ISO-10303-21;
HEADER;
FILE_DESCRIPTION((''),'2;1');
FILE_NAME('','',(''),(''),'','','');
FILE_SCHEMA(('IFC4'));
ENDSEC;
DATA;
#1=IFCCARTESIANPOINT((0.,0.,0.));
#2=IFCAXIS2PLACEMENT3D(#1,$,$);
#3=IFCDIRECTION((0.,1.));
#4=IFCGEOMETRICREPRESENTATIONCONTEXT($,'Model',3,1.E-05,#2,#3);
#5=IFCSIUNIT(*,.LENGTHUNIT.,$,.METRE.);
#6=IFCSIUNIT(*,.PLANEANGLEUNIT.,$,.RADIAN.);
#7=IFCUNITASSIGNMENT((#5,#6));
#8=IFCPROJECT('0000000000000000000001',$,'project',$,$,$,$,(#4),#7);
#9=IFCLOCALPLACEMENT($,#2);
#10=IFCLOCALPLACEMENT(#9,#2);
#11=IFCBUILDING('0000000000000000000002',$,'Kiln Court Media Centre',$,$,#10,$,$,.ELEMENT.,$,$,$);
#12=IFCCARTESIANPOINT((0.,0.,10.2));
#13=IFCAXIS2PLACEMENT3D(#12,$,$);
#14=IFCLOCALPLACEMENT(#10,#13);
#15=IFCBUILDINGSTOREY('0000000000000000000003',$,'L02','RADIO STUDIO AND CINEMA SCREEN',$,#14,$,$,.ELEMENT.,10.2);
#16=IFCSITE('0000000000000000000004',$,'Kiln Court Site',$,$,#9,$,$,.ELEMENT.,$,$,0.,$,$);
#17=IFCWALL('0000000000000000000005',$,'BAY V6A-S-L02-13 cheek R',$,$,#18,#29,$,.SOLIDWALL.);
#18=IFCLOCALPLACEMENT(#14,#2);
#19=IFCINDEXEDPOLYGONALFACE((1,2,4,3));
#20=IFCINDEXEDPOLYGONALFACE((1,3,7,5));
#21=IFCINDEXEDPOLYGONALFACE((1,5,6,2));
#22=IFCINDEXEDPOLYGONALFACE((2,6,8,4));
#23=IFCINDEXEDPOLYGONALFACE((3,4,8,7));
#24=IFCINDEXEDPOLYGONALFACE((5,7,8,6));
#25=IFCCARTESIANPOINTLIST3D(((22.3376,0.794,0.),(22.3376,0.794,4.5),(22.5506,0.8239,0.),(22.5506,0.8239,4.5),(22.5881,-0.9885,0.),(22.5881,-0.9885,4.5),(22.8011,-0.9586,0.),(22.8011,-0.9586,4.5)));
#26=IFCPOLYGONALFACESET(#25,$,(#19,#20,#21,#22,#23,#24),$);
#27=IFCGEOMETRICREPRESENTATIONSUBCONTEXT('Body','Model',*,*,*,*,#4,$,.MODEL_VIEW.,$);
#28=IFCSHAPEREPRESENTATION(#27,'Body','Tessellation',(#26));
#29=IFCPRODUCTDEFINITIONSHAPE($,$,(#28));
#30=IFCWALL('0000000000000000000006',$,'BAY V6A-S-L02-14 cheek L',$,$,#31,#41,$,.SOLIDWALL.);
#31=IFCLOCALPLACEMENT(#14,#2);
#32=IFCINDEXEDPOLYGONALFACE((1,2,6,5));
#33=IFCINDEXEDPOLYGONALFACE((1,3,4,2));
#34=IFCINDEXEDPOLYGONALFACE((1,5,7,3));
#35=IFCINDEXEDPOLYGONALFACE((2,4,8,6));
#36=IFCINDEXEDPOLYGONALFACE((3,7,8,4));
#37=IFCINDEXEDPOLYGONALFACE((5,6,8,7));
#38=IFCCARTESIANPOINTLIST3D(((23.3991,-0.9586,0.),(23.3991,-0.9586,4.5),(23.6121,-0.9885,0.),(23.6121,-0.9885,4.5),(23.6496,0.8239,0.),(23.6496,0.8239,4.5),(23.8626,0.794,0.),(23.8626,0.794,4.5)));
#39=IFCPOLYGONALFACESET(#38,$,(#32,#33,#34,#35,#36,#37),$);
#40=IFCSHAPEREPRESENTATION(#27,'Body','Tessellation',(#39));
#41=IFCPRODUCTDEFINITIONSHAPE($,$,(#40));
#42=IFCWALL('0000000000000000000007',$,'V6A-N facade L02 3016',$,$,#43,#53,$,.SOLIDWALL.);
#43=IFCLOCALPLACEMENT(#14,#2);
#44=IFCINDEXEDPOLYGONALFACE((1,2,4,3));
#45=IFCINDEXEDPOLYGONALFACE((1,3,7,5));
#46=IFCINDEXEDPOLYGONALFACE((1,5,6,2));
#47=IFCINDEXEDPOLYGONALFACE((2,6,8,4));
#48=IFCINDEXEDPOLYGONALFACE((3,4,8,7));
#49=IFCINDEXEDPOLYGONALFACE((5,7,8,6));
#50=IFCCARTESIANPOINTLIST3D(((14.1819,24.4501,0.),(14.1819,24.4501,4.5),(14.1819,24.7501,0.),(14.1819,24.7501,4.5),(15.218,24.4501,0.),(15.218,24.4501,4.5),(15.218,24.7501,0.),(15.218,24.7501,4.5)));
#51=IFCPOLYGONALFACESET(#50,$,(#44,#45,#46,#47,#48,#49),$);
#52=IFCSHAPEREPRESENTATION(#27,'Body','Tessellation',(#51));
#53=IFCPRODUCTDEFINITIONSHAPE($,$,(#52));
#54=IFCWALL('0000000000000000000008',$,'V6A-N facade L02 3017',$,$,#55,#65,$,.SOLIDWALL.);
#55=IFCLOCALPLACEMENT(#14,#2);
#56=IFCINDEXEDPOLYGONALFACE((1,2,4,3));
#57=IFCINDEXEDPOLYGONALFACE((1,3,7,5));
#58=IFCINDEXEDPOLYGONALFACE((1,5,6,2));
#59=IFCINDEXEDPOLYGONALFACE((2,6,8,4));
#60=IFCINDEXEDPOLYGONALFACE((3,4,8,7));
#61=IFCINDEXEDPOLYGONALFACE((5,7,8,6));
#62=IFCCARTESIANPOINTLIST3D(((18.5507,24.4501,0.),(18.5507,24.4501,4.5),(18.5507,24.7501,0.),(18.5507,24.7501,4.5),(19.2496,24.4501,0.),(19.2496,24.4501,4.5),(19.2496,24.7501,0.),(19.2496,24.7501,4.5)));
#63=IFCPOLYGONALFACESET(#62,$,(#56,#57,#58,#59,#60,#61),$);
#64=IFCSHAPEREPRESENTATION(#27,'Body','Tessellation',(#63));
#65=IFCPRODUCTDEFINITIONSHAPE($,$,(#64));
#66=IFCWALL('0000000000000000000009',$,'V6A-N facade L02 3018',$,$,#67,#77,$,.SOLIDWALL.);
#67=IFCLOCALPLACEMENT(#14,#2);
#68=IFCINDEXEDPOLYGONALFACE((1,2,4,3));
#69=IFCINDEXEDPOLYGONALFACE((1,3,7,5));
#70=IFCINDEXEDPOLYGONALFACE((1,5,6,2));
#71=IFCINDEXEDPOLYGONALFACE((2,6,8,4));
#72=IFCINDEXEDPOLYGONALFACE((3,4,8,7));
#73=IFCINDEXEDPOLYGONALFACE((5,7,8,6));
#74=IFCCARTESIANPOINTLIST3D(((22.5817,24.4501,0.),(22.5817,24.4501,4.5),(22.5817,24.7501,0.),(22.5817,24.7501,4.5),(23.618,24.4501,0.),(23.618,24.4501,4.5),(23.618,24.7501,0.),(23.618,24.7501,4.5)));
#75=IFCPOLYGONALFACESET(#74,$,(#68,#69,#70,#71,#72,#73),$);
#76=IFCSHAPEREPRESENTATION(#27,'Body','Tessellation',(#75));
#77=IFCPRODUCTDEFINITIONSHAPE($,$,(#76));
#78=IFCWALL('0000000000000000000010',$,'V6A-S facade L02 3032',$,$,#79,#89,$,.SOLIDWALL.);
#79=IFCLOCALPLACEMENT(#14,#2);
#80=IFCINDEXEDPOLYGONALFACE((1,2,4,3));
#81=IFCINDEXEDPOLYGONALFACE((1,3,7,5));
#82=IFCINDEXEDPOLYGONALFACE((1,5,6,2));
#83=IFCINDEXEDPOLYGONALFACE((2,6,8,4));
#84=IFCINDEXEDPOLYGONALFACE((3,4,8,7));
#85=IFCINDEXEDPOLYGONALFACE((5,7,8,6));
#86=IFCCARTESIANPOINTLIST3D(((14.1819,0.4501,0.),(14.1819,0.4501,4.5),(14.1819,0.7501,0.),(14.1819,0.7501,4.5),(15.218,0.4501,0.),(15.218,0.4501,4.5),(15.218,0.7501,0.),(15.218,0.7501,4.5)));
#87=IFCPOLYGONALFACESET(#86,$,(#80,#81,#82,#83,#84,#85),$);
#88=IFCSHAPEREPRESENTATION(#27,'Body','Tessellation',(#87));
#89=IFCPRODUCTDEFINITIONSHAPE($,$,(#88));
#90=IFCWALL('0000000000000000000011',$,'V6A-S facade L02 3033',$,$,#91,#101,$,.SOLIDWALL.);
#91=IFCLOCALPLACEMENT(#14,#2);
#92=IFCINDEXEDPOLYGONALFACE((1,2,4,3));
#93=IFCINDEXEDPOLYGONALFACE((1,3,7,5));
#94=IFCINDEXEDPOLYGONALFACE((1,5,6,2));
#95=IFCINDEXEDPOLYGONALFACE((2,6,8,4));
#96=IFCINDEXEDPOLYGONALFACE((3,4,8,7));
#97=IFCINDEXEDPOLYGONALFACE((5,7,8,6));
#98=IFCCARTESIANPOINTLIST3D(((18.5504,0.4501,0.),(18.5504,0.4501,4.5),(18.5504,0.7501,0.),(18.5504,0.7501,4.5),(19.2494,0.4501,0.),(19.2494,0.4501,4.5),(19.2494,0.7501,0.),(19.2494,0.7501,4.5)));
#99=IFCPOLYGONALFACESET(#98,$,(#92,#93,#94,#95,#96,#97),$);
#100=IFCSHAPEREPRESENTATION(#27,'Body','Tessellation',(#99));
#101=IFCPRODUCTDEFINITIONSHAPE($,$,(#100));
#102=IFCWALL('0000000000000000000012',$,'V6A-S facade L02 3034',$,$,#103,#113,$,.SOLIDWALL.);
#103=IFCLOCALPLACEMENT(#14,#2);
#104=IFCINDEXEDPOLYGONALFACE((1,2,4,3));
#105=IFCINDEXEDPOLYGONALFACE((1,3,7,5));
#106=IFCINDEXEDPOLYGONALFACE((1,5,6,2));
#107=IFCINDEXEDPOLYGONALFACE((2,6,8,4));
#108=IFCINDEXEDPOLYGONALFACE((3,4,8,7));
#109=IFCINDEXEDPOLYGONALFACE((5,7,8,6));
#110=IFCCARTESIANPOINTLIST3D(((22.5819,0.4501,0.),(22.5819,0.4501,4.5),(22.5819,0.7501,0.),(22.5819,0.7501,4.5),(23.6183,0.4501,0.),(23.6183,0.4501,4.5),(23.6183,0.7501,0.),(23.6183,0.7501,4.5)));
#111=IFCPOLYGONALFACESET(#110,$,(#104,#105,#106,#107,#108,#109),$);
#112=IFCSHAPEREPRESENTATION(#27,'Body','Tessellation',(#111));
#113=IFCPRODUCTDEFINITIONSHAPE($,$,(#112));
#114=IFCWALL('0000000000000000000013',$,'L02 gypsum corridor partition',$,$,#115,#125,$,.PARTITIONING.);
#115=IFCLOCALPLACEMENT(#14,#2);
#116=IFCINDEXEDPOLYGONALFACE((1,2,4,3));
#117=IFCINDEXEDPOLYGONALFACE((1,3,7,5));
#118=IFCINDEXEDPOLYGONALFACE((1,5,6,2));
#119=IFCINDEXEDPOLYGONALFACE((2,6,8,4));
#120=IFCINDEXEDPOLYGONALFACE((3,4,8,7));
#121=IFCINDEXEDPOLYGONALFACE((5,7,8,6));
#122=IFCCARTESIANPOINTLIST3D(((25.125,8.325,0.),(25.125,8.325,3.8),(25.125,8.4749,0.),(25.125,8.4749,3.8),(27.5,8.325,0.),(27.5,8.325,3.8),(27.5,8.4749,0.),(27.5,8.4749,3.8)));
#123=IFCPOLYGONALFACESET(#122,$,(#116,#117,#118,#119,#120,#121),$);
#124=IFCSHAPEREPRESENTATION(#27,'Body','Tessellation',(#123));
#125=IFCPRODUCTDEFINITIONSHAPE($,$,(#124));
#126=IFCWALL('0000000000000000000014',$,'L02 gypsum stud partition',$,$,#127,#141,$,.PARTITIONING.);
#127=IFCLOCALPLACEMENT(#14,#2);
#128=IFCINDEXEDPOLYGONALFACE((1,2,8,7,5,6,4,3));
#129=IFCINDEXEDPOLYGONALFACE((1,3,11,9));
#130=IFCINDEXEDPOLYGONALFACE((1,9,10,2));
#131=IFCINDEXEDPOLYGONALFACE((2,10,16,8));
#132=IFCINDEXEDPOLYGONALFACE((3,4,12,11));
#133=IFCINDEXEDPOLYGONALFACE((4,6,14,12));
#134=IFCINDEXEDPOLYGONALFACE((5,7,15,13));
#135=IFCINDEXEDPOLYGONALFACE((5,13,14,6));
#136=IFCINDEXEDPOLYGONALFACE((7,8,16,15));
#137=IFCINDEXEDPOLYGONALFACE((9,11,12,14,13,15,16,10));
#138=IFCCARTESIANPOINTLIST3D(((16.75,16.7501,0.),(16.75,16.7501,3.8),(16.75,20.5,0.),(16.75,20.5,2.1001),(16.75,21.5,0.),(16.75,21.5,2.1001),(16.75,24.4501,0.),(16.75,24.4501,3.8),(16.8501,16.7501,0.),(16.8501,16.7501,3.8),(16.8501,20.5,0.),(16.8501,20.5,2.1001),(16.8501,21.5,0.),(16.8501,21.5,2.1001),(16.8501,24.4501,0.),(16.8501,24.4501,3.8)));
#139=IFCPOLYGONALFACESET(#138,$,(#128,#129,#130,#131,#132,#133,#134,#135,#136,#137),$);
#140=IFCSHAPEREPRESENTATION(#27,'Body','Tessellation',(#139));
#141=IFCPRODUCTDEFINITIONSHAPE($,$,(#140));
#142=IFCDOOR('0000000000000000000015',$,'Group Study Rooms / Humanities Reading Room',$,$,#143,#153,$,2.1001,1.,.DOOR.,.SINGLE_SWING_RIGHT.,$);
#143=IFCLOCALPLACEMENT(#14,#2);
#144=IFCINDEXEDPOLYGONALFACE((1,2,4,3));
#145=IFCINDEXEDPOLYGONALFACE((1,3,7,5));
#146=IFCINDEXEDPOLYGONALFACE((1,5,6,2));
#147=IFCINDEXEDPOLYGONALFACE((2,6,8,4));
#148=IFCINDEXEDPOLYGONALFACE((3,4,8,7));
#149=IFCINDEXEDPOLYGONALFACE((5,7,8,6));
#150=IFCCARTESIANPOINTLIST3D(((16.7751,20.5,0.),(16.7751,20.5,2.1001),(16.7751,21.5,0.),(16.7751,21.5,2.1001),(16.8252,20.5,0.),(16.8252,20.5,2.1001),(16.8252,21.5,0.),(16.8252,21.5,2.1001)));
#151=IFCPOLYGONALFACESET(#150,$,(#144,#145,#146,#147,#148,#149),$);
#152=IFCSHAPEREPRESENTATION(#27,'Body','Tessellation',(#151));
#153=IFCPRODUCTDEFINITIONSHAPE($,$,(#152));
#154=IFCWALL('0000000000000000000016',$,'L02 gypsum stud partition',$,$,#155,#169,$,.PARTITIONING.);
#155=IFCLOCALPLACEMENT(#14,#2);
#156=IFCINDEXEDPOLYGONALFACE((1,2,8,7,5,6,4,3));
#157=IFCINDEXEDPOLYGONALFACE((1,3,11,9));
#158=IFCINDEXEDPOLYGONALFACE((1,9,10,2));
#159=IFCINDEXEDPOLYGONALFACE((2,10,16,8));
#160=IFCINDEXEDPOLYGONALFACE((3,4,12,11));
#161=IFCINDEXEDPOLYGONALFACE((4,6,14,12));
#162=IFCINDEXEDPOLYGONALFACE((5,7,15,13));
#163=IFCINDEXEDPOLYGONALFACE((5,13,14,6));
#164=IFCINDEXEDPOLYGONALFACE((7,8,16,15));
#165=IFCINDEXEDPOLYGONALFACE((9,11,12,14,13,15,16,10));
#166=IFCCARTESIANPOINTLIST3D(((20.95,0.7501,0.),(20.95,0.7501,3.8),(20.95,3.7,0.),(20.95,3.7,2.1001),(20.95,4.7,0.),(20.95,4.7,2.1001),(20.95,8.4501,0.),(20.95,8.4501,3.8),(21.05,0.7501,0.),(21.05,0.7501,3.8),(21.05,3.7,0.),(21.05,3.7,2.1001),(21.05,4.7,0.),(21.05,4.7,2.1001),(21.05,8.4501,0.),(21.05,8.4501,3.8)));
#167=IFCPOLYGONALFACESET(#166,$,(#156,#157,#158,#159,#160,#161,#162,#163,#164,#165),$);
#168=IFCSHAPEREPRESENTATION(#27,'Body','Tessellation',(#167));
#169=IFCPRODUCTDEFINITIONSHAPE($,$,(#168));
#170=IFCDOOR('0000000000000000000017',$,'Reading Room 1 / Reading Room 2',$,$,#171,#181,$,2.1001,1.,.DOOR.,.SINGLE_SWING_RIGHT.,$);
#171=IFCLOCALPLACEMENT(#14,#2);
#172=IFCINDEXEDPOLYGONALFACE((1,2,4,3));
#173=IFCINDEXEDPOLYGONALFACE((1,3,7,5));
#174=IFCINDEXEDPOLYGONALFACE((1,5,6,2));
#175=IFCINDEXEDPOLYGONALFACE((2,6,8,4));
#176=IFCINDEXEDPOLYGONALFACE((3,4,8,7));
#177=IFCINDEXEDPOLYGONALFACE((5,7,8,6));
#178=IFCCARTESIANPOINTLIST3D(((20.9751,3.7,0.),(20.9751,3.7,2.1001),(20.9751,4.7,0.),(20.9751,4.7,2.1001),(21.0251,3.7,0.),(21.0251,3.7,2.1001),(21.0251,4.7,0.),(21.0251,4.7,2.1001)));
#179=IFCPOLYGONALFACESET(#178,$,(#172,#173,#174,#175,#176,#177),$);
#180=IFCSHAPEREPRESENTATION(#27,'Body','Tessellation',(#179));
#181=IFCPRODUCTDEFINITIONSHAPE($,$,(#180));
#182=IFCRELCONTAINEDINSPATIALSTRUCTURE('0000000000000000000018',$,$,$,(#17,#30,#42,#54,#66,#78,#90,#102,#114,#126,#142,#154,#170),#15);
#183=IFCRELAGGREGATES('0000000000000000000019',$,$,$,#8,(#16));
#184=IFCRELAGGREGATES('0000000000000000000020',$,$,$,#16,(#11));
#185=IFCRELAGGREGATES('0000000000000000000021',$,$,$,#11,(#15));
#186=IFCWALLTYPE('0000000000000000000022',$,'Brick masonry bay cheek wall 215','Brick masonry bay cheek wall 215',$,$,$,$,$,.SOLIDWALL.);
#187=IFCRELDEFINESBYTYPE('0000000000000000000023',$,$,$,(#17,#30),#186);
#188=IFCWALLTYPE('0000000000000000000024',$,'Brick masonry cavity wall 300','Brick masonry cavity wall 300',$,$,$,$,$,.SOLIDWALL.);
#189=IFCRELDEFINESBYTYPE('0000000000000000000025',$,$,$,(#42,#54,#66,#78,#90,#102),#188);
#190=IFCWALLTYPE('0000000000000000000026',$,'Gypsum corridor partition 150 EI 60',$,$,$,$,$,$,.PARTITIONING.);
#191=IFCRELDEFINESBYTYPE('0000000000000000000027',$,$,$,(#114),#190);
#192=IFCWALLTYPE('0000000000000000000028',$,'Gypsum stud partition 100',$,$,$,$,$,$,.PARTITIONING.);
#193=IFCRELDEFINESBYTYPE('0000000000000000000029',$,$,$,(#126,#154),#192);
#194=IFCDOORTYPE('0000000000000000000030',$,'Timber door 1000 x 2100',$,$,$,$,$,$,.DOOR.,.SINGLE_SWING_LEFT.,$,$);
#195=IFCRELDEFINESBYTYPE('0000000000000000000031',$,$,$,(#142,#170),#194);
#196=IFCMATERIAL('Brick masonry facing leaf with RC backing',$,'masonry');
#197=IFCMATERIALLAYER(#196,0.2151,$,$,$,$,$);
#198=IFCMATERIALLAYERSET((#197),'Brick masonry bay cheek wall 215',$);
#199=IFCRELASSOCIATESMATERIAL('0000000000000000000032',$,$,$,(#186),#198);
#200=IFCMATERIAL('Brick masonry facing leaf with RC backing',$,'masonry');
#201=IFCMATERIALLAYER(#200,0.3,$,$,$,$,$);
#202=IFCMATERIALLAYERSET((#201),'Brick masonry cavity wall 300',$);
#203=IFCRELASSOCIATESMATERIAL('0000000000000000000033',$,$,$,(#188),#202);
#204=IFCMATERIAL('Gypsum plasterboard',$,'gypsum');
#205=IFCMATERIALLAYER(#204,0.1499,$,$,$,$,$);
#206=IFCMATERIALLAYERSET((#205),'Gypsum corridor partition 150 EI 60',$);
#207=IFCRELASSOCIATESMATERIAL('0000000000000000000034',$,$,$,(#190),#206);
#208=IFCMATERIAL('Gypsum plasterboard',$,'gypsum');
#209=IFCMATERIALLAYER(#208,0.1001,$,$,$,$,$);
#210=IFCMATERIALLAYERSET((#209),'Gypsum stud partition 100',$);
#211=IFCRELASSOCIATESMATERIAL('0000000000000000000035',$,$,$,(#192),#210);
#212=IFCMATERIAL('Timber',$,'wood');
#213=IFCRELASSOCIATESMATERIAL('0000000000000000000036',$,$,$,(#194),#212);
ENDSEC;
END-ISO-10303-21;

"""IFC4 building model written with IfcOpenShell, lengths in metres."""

from ifc_helpers import new_model, si_unit, direction, frame, frame_2d, origin, place, context, subcontext, project, spatial, rectangle, extrude, material, layer, layer_set, type_object, element, fill, save


model = new_model("IFC4")

# Units and contexts
model_context = context("Model", 3, precision=1e-05, world=origin(), true_north=direction((0.0, 1.0)))
body_context = subcontext(model_context, "Body", "Model", "MODEL_VIEW")
ifc_project = project(units=[si_unit("LENGTHUNIT", "METRE"), si_unit("PLANEANGLEUNIT", "RADIAN")], contexts=[model_context])

# Site, building, storey
site_placement = place(None, origin())
site = spatial("IfcSite", under=ifc_project, at=site_placement, Name="Kiln Court Site", CompositionType="ELEMENT", RefElevation=0.0)
building_placement = place(site_placement, origin())
building = spatial("IfcBuilding", under=site, at=building_placement, Name="Kiln Court Media Centre", CompositionType="ELEMENT")
storey_placement = place(building_placement, frame((0.0, 0.0, 10.2)))
storey = spatial("IfcBuildingStorey", under=building, at=storey_placement, Name="L02", Description="RADIO STUDIO AND CINEMA SCREEN", CompositionType="ELEMENT", Elevation=10.2)

# Walls
ifc_material_1 = material(Name="Brick masonry facing leaf with RC backing", Category="masonry")
ifc_layer_1 = layer(ifc_material_1, 0.2151)
ifc_layer_set_1 = layer_set([ifc_layer_1], Name="Brick masonry bay cheek wall 215")
wall_type_1 = type_object("IfcWallType", Name="Brick masonry bay cheek wall 215", Description="Brick masonry bay cheek wall 215", PredefinedType="SOLIDWALL", material=ifc_layer_set_1)
for number, where, z_axis, x_axis, name in (
    (1, (22.4441, 0.8088, 0.0), (0.0, 0.0, 1.0), (0.139161, -0.99027, 0.0), "BAY V6A-S-L02-13 cheek R"),
    (2, (23.7561, 0.8088, 0.0), (0.0, 0.0, 1.0), (-0.139161, -0.99027, 0.0), "BAY V6A-S-L02-14 cheek L"),
):
    element("IfcWall", number, at=place(storey_placement, frame(where, z_axis=z_axis, x_axis=x_axis)), inside=storey, type_object=wall_type_1, Name=name, PredefinedType="SOLIDWALL", context=body_context, shape_type="SweptSolid", body=[
        extrude(rectangle(XDim=1.8, YDim=0.2151, at=frame_2d((0.8999, 0.0))), origin(), (0.0, 0.0, 1.0), 4.5),
    ])
ifc_material_2 = material(Name="Brick masonry facing leaf with RC backing", Category="masonry")
ifc_layer_2 = layer(ifc_material_2, 0.3)
ifc_layer_set_2 = layer_set([ifc_layer_2], Name="Brick masonry cavity wall 300")
wall_type_2 = type_object("IfcWallType", Name="Brick masonry cavity wall 300", Description="Brick masonry cavity wall 300", PredefinedType="SOLIDWALL", material=ifc_layer_set_2)
wall_1_placement = place(storey_placement, frame((14.1819, 24.6001, 0.0), z_axis=(0.0, 0.0, 1.0), x_axis=(1.0, 0.0, 0.0)))
element("IfcWall", 3, at=wall_1_placement, inside=storey, type_object=wall_type_2, Name="V6A-N facade L02 3016", PredefinedType="SOLIDWALL", context=body_context, shape_type="SweptSolid", body=[
    extrude(rectangle(XDim=1.0361, YDim=0.3, at=frame_2d((0.5181, 0.0))), origin(), (0.0, 0.0, 1.0), 4.5),
])
wall_2_placement = place(storey_placement, frame((18.5505, 24.6001, 0.0), z_axis=(0.0, 0.0, 1.0), x_axis=(1.0, 0.0, 0.0)))
element("IfcWall", 4, at=wall_2_placement, inside=storey, type_object=wall_type_2, Name="V6A-N facade L02 3017", PredefinedType="SOLIDWALL", context=body_context, shape_type="SweptSolid", body=[
    extrude(rectangle(XDim=0.699, YDim=0.3, at=frame_2d((0.3496, 0.0))), origin(), (0.0, 0.0, 1.0), 4.5),
])
wall_3_placement = place(storey_placement, frame((22.5818, 24.6001, 0.0), z_axis=(0.0, 0.0, 1.0), x_axis=(1.0, 0.0, 0.0)))
element("IfcWall", 5, at=wall_3_placement, inside=storey, type_object=wall_type_2, Name="V6A-N facade L02 3018", PredefinedType="SOLIDWALL", context=body_context, shape_type="SweptSolid", body=[
    extrude(rectangle(XDim=1.0364, YDim=0.3, at=frame_2d((0.5181, 0.0))), origin(), (0.0, 0.0, 1.0), 4.5),
])
wall_4_placement = place(storey_placement, frame((15.218, 0.6001, 0.0), z_axis=(0.0, 0.0, 1.0), x_axis=(-1.0, 0.0, 0.0)))
element("IfcWall", 6, at=wall_4_placement, inside=storey, type_object=wall_type_2, Name="V6A-S facade L02 3032", PredefinedType="SOLIDWALL", context=body_context, shape_type="SweptSolid", body=[
    extrude(rectangle(XDim=1.0361, YDim=0.3, at=frame_2d((0.5181, 0.0))), origin(), (0.0, 0.0, 1.0), 4.5),
])
wall_5_placement = place(storey_placement, frame((19.2495, 0.6001, 0.0), z_axis=(0.0, 0.0, 1.0), x_axis=(-1.0, 0.0, 0.0)))
element("IfcWall", 7, at=wall_5_placement, inside=storey, type_object=wall_type_2, Name="V6A-S facade L02 3033", PredefinedType="SOLIDWALL", context=body_context, shape_type="SweptSolid", body=[
    extrude(rectangle(XDim=0.699, YDim=0.3, at=frame_2d((0.3496, 0.0))), origin(), (0.0, 0.0, 1.0), 4.5),
])
wall_6_placement = place(storey_placement, frame((23.6182, 0.6001, 0.0), z_axis=(0.0, 0.0, 1.0), x_axis=(-1.0, 0.0, 0.0)))
element("IfcWall", 8, at=wall_6_placement, inside=storey, type_object=wall_type_2, Name="V6A-S facade L02 3034", PredefinedType="SOLIDWALL", context=body_context, shape_type="SweptSolid", body=[
    extrude(rectangle(XDim=1.0364, YDim=0.3, at=frame_2d((0.5181, 0.0))), origin(), (0.0, 0.0, 1.0), 4.5),
])
ifc_material_3 = material(Name="Gypsum plasterboard", Category="gypsum")
ifc_layer_3 = layer(ifc_material_3, 0.1499)
ifc_layer_set_3 = layer_set([ifc_layer_3], Name="Gypsum corridor partition 150 EI 60")
wall_type_3 = type_object("IfcWallType", Name="Gypsum corridor partition 150 EI 60", PredefinedType="PARTITIONING", material=ifc_layer_set_3)
wall_7_placement = place(storey_placement, frame((25.125, 8.3999, 0.0), z_axis=(0.0, 0.0, 1.0), x_axis=(1.0, 0.0, 0.0)))
element("IfcWall", 9, at=wall_7_placement, inside=storey, type_object=wall_type_3, Name="L02 gypsum corridor partition", PredefinedType="PARTITIONING", context=body_context, shape_type="SweptSolid", body=[
    extrude(rectangle(XDim=2.375, YDim=0.1499, at=frame_2d((1.1875, 0.0))), origin(), (0.0, 0.0, 1.0), 3.8),
])

# Walls, openings, doors
ifc_material_4 = material(Name="Gypsum plasterboard", Category="gypsum")
ifc_layer_4 = layer(ifc_material_4, 0.1001)
ifc_layer_set_4 = layer_set([ifc_layer_4], Name="Gypsum stud partition 100")
wall_type_4 = type_object("IfcWallType", Name="Gypsum stud partition 100", PredefinedType="PARTITIONING", material=ifc_layer_set_4)
wall_8_placement = place(storey_placement, frame((16.8, 16.75, 0.0), z_axis=(0.0, 0.0, 1.0), x_axis=(0.0, 1.0, 0.0)))
wall_8 = element("IfcWall", 10, at=wall_8_placement, inside=storey, type_object=wall_type_4, Name="L02 gypsum stud partition", PredefinedType="PARTITIONING", context=body_context, shape_type="SweptSolid", body=[
    extrude(rectangle(XDim=7.7, YDim=0.1001, at=frame_2d((3.8501, 0.0))), origin(), (0.0, 0.0, 1.0), 3.8),
])
opening_1_placement = place(wall_8_placement, frame((3.75, 0.0, 0.0)))
opening_1 = element("IfcOpeningElement", 11, at=opening_1_placement, cuts=wall_8, PredefinedType="OPENING", context=body_context, shape_type="SweptSolid", body=[
    extrude(rectangle(XDim=1.0, YDim=2.1001, at=frame_2d((0.5, 1.05))), frame((0.0, 0.0601, 0.0), z_axis=(0.0, -1.0, 0.0), x_axis=(1.0, 0.0, 0.0)), (0.0, 0.0, 1.0), 0.1201),
])
ifc_material_5 = material(Name="Timber", Category="wood")
door_type = type_object("IfcDoorType", Name="Timber door 1000 x 2100", OperationType="SINGLE_SWING_LEFT", PredefinedType="DOOR", material=ifc_material_5)
door_1_placement = place(opening_1_placement, origin())
door_1 = element("IfcDoor", 12, at=door_1_placement, inside=storey, type_object=door_type, Name="Group Study Rooms / Humanities Reading Room", OperationType="SINGLE_SWING_RIGHT", OverallHeight=2.1001, OverallWidth=1.0, PredefinedType="DOOR", context=body_context, shape_type="SweptSolid", body=[
    extrude(rectangle(XDim=1.0, YDim=2.1001, at=frame_2d((0.5, 1.05))), frame((0.0, 0.0249, 0.0), z_axis=(0.0, -1.0, 0.0), x_axis=(1.0, 0.0, 0.0)), (0.0, 0.0, 1.0), 0.05),
])
fill(opening_1, door_1)
wall_9_placement = place(storey_placement, frame((21.0, 0.75, 0.0), z_axis=(0.0, 0.0, 1.0), x_axis=(0.0, 1.0, 0.0)))
wall_9 = element("IfcWall", 13, at=wall_9_placement, inside=storey, type_object=wall_type_4, Name="L02 gypsum stud partition", PredefinedType="PARTITIONING", context=body_context, shape_type="SweptSolid", body=[
    extrude(rectangle(XDim=7.7, YDim=0.1001, at=frame_2d((3.8501, 0.0))), origin(), (0.0, 0.0, 1.0), 3.8),
])
opening_2_placement = place(wall_9_placement, frame((2.95, 0.0, 0.0)))
opening_2 = element("IfcOpeningElement", 14, at=opening_2_placement, cuts=wall_9, PredefinedType="OPENING", context=body_context, shape_type="SweptSolid", body=[
    extrude(rectangle(XDim=1.0, YDim=2.1001, at=frame_2d((0.5, 1.05))), frame((0.0, 0.0601, 0.0), z_axis=(0.0, -1.0, 0.0), x_axis=(1.0, 0.0, 0.0)), (0.0, 0.0, 1.0), 0.1201),
])
door_2_placement = place(opening_2_placement, origin())
door_2 = element("IfcDoor", 15, at=door_2_placement, inside=storey, type_object=door_type, Name="Reading Room 1 / Reading Room 2", OperationType="SINGLE_SWING_RIGHT", OverallHeight=2.1001, OverallWidth=1.0, PredefinedType="DOOR", context=body_context, shape_type="SweptSolid", body=[
    extrude(rectangle(XDim=1.0, YDim=2.1001, at=frame_2d((0.5, 1.05))), frame((0.0, 0.0249, 0.0), z_axis=(0.0, -1.0, 0.0), x_axis=(1.0, 0.0, 0.0)), (0.0, 0.0, 1.0), 0.05),
])
fill(opening_2, door_2)

save(model, "model.ifc")
